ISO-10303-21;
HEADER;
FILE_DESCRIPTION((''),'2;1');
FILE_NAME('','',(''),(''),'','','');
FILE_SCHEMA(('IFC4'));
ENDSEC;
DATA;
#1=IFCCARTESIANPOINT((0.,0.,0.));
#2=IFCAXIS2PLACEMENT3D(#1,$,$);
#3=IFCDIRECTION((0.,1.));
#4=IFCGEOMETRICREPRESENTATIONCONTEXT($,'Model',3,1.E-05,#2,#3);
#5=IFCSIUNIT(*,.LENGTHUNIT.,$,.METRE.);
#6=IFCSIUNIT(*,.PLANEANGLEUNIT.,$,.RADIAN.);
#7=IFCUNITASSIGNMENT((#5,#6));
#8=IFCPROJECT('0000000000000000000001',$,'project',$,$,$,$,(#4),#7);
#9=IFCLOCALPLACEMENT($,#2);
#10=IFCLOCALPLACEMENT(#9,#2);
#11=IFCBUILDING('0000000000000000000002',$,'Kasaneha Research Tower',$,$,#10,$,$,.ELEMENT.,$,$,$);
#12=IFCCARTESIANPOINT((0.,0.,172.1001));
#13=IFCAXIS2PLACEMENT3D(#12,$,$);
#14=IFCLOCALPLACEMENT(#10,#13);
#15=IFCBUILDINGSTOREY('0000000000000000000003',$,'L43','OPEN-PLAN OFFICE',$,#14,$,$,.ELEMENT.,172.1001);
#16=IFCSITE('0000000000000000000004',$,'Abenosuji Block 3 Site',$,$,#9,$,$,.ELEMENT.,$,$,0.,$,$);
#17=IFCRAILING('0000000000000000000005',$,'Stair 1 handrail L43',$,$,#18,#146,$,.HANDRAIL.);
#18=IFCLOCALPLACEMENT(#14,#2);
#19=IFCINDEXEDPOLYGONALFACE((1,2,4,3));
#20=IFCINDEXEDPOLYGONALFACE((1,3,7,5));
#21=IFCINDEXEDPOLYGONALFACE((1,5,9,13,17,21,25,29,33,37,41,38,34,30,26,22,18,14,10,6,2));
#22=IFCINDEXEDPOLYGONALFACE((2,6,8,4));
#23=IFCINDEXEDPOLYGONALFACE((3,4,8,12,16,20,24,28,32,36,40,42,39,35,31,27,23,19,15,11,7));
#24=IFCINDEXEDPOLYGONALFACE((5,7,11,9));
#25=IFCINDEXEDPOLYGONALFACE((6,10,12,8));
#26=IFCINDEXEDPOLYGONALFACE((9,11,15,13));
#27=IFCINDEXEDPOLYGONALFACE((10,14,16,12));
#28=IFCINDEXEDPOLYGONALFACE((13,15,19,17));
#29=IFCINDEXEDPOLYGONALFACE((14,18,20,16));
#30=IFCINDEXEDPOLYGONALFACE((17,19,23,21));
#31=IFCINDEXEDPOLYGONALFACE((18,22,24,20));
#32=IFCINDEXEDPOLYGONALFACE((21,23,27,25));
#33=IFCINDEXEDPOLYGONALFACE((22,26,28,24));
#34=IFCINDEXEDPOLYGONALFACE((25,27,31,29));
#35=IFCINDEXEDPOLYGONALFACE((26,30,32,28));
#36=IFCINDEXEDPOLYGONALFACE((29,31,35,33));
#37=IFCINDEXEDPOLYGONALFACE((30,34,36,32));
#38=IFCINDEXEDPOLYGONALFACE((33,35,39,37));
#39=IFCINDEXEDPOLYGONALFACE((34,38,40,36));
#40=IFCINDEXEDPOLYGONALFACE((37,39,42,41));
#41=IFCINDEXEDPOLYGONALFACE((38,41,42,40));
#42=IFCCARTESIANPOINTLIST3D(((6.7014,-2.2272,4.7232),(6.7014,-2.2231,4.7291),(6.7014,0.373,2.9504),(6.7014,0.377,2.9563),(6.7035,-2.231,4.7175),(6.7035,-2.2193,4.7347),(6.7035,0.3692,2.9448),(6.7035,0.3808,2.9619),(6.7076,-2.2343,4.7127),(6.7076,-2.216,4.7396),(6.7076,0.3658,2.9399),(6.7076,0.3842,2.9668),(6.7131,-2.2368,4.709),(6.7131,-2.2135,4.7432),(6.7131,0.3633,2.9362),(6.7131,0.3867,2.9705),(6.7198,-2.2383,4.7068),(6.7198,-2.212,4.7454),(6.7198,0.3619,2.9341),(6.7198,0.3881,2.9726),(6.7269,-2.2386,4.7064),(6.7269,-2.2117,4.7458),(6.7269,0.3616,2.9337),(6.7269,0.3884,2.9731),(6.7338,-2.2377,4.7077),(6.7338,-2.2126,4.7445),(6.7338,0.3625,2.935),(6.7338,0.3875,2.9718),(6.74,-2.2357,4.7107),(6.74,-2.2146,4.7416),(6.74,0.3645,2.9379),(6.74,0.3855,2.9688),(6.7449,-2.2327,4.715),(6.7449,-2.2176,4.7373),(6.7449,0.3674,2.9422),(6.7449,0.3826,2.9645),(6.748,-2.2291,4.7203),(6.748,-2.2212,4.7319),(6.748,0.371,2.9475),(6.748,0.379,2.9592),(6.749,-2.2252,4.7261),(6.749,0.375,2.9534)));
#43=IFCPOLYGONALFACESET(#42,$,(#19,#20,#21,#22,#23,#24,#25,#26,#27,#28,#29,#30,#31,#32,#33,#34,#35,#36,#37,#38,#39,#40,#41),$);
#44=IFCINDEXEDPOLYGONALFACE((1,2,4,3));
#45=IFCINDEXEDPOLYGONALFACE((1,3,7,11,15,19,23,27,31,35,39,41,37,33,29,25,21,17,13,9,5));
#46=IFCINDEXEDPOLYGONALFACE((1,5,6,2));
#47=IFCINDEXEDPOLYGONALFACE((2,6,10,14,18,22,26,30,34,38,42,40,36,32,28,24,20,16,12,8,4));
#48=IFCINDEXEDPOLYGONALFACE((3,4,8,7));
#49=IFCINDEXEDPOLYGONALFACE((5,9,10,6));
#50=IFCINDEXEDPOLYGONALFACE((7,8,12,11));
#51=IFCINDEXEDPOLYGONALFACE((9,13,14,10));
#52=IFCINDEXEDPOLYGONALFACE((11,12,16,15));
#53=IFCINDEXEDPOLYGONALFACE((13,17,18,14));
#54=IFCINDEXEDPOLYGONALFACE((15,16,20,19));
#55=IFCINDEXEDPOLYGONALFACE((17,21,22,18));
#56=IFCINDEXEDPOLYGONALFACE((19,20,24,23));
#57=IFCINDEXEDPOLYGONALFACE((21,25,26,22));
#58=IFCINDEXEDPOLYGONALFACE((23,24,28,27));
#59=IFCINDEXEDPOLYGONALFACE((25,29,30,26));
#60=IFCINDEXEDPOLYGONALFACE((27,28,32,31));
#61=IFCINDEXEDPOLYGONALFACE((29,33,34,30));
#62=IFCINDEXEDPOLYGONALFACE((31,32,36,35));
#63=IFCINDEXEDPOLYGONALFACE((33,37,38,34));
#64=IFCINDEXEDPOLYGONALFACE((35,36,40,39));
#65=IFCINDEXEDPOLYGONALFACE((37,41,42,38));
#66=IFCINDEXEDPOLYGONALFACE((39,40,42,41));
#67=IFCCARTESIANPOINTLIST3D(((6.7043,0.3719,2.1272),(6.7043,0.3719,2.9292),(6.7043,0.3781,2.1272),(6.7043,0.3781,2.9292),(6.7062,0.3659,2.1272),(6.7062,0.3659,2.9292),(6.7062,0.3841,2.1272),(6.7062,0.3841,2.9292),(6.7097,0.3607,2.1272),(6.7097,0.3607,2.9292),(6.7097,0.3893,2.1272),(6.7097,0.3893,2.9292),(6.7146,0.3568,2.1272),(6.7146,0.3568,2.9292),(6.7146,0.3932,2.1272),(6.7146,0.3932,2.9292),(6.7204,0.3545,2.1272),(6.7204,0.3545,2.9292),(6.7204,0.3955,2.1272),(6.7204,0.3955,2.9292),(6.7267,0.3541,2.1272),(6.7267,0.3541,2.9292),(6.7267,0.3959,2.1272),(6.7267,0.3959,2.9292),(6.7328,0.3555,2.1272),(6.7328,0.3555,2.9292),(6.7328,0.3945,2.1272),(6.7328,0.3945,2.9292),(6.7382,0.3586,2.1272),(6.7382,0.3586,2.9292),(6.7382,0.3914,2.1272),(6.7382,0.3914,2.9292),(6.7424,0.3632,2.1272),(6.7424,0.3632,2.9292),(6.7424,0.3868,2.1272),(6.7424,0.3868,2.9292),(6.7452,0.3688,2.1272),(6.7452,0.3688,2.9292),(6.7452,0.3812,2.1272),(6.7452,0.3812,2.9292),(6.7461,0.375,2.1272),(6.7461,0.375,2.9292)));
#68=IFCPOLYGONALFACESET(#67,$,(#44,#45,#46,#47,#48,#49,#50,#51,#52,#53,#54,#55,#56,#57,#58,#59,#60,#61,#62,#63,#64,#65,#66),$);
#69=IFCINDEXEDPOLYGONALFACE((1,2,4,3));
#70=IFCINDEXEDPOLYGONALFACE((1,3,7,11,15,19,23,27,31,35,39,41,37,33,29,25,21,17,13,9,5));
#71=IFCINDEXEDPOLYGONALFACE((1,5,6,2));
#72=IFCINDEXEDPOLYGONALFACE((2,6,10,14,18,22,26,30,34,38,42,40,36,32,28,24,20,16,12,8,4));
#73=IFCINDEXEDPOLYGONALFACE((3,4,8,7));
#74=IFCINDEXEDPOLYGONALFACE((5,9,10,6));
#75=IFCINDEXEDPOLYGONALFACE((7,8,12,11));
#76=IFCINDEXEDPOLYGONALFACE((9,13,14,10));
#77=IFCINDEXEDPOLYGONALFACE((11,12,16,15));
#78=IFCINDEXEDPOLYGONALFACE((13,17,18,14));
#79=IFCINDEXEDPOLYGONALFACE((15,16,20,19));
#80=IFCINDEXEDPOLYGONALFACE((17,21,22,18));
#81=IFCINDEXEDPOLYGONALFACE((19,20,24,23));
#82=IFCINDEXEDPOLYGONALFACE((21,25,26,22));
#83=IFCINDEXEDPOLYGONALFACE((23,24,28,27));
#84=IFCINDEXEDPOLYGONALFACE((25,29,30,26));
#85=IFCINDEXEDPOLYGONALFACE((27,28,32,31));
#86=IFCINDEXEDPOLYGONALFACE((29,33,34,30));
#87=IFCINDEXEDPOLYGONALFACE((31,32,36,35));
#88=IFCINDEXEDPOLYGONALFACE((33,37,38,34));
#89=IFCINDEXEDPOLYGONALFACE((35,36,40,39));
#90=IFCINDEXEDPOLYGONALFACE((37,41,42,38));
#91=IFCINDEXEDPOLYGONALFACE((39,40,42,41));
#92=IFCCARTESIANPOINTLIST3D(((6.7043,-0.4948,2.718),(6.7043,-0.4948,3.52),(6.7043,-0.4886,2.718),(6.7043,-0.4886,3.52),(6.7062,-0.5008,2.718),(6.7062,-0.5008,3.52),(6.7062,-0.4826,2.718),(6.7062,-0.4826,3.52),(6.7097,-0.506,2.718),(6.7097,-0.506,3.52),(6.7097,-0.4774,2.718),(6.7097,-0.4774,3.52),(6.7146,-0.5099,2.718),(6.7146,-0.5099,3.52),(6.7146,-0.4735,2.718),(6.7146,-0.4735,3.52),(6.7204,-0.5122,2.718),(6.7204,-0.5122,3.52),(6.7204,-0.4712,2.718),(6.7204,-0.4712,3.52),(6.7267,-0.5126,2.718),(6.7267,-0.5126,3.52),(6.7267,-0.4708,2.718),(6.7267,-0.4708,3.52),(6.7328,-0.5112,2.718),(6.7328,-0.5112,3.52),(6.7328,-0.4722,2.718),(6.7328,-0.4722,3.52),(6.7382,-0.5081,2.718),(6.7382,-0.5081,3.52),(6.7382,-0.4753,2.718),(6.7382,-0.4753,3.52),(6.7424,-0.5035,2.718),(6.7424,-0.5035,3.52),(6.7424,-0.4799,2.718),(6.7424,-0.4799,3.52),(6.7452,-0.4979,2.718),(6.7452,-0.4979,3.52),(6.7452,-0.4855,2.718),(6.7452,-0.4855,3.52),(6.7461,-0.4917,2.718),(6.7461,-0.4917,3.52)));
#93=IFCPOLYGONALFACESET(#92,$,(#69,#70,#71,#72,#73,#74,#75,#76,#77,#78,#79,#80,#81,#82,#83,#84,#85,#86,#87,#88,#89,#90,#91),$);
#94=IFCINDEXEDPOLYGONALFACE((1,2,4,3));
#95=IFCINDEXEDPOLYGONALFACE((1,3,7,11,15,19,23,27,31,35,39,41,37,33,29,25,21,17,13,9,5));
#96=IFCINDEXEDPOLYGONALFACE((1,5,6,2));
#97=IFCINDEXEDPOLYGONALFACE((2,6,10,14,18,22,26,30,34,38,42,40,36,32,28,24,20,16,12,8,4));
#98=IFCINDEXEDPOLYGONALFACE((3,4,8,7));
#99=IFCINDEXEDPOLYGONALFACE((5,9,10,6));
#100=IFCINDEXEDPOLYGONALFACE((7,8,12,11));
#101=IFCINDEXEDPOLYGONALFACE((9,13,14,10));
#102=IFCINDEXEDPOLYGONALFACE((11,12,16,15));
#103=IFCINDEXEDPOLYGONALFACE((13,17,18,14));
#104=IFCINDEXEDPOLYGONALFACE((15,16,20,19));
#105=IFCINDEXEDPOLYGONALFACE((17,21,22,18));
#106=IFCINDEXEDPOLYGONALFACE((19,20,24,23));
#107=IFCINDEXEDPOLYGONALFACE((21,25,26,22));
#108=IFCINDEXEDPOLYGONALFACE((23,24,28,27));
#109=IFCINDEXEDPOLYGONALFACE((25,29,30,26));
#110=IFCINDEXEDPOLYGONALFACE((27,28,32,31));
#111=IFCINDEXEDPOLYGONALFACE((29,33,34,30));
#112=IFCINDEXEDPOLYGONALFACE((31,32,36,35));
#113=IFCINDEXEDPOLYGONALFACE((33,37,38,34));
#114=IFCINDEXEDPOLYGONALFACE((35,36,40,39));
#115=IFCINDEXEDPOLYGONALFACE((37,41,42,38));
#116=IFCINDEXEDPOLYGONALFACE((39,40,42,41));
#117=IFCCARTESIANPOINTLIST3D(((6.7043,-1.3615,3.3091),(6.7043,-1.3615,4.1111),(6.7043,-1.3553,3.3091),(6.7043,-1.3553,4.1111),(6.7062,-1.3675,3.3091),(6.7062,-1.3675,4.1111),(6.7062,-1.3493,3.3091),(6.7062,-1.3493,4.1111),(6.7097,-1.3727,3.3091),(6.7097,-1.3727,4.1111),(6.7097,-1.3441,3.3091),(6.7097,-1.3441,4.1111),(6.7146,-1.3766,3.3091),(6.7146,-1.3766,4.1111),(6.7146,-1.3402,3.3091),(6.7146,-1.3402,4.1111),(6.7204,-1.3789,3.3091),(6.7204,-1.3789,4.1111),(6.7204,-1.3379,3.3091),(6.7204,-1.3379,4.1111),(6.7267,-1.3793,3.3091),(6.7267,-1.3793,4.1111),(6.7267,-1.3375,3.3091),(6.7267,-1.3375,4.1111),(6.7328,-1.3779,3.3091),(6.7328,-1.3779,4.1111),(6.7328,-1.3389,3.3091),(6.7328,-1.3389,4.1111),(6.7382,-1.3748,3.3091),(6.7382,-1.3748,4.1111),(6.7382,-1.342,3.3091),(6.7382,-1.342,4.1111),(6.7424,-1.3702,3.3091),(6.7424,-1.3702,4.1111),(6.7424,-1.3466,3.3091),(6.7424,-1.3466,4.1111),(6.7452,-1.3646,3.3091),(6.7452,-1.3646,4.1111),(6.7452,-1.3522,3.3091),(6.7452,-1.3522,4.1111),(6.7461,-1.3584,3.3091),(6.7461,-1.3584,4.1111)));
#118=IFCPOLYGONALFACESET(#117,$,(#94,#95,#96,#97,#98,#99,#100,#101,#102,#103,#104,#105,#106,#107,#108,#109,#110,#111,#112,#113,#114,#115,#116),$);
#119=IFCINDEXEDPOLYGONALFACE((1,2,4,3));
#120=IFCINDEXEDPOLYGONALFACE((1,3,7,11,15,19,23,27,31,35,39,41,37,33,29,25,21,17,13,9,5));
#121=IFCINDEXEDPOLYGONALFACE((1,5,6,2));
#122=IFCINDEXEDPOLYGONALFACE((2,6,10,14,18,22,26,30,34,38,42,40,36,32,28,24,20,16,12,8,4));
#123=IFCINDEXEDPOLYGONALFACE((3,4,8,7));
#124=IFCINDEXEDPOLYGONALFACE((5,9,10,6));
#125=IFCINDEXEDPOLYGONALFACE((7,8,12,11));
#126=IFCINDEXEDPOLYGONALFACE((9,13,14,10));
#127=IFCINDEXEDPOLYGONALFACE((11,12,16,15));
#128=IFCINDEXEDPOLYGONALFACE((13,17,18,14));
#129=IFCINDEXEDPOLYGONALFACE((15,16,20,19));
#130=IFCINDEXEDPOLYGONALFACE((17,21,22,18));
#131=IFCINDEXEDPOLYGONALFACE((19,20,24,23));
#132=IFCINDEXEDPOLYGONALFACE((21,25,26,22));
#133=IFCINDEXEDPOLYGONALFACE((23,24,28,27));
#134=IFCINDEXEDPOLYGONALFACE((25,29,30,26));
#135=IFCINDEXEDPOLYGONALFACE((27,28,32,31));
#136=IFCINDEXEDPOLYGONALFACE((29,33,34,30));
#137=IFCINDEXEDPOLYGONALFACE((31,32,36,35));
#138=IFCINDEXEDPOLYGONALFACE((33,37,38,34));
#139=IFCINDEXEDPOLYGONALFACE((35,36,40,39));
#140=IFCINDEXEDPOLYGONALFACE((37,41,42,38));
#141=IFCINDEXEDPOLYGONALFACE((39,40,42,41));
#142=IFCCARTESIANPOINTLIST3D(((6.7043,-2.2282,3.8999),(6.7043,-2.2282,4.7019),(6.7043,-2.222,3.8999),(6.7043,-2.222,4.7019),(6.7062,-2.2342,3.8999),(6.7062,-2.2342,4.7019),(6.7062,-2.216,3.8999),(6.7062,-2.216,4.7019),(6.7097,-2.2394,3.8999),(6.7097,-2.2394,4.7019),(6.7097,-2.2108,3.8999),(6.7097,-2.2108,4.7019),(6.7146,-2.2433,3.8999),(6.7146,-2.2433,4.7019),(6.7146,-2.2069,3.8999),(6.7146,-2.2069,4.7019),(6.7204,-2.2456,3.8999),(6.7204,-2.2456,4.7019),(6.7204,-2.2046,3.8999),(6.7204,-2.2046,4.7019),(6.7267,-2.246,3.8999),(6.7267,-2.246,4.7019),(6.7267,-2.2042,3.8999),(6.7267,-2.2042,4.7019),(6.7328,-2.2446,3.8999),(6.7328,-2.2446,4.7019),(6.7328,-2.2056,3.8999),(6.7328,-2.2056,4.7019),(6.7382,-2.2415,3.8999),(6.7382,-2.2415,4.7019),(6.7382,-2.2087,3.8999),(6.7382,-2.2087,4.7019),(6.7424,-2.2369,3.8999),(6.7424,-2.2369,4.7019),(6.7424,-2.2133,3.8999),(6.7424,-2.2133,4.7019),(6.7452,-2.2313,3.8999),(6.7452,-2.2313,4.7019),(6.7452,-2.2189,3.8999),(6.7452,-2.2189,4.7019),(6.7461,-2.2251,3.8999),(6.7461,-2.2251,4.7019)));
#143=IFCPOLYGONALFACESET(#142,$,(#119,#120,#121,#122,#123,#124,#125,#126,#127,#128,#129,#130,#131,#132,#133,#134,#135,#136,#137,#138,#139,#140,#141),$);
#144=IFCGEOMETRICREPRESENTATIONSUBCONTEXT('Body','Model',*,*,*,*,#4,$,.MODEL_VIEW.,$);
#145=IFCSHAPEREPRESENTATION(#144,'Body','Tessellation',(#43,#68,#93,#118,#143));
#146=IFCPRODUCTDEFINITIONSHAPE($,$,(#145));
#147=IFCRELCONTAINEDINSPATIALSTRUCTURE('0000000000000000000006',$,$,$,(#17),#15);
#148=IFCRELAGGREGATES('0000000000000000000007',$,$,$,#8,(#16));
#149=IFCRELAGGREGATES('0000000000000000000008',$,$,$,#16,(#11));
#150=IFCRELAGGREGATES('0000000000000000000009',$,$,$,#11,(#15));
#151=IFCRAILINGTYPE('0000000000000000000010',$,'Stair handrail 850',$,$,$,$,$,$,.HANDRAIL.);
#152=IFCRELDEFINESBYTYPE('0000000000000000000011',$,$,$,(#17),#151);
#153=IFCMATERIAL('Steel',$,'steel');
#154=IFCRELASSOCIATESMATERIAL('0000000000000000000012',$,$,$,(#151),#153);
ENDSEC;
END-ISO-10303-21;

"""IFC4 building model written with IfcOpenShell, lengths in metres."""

from ifc_helpers import new_model, si_unit, direction, frame, origin, origin_2d, place, context, subcontext, project, spatial, circle, extrude, material, type_object, element, save


model = new_model("IFC4")

# Units and contexts
model_context = context("Model", 3, precision=1e-05, world=origin(), true_north=direction((0.0, 1.0)))
body_context = subcontext(model_context, "Body", "Model", "MODEL_VIEW")
ifc_project = project(units=[si_unit("LENGTHUNIT", "METRE"), si_unit("PLANEANGLEUNIT", "RADIAN")], contexts=[model_context])

# Site, building, storey
site_placement = place(None, origin())
site = spatial("IfcSite", under=ifc_project, at=site_placement, Name="Abenosuji Block 3 Site", CompositionType="ELEMENT", RefElevation=0.0)
building_placement = place(site_placement, origin())
building = spatial("IfcBuilding", under=site, at=building_placement, Name="Kasaneha Research Tower", CompositionType="ELEMENT")
storey_placement = place(building_placement, frame((0.0, 0.0, 172.1001)))
storey = spatial("IfcBuildingStorey", under=building, at=storey_placement, Name="L43", Description="OPEN-PLAN OFFICE", CompositionType="ELEMENT", Elevation=172.1001)

# Railing
ifc_material_1 = material(Name="Steel", Category="steel")
railing_type_1 = type_object("IfcRailingType", Name="Stair handrail 850", PredefinedType="HANDRAIL", material=ifc_material_1)
railing_1_placement = place(storey_placement, frame((6.7251, 0.375, 2.1272)))
element("IfcRailing", 1, at=railing_1_placement, inside=storey, type_object=railing_type_1, Name="Stair 1 handrail L43", PredefinedType="HANDRAIL", context=body_context, shape_type="SweptSolid", body=[
    extrude(circle(Radius=0.0239, at=origin_2d()), frame((0.0, 0.0, 0.8262), z_axis=(0.0, -0.82624, 0.563318), x_axis=(1.0, 0.0, 0.0)), (0.0, 0.0, 1.0), 3.147),
    extrude(circle(Radius=0.021, at=origin_2d()), origin(), (0.0, 0.0, 1.0), 0.802),
    extrude(circle(Radius=0.021, at=origin_2d()), frame((0.0, -0.8667, 0.5908)), (0.0, 0.0, 1.0), 0.802),
    extrude(circle(Radius=0.021, at=origin_2d()), frame((0.0, -1.7334, 1.1819)), (0.0, 0.0, 1.0), 0.802),
    extrude(circle(Radius=0.021, at=origin_2d()), frame((0.0, -2.6001, 1.7727)), (0.0, 0.0, 1.0), 0.802),
])

save(model, "model.ifc")
